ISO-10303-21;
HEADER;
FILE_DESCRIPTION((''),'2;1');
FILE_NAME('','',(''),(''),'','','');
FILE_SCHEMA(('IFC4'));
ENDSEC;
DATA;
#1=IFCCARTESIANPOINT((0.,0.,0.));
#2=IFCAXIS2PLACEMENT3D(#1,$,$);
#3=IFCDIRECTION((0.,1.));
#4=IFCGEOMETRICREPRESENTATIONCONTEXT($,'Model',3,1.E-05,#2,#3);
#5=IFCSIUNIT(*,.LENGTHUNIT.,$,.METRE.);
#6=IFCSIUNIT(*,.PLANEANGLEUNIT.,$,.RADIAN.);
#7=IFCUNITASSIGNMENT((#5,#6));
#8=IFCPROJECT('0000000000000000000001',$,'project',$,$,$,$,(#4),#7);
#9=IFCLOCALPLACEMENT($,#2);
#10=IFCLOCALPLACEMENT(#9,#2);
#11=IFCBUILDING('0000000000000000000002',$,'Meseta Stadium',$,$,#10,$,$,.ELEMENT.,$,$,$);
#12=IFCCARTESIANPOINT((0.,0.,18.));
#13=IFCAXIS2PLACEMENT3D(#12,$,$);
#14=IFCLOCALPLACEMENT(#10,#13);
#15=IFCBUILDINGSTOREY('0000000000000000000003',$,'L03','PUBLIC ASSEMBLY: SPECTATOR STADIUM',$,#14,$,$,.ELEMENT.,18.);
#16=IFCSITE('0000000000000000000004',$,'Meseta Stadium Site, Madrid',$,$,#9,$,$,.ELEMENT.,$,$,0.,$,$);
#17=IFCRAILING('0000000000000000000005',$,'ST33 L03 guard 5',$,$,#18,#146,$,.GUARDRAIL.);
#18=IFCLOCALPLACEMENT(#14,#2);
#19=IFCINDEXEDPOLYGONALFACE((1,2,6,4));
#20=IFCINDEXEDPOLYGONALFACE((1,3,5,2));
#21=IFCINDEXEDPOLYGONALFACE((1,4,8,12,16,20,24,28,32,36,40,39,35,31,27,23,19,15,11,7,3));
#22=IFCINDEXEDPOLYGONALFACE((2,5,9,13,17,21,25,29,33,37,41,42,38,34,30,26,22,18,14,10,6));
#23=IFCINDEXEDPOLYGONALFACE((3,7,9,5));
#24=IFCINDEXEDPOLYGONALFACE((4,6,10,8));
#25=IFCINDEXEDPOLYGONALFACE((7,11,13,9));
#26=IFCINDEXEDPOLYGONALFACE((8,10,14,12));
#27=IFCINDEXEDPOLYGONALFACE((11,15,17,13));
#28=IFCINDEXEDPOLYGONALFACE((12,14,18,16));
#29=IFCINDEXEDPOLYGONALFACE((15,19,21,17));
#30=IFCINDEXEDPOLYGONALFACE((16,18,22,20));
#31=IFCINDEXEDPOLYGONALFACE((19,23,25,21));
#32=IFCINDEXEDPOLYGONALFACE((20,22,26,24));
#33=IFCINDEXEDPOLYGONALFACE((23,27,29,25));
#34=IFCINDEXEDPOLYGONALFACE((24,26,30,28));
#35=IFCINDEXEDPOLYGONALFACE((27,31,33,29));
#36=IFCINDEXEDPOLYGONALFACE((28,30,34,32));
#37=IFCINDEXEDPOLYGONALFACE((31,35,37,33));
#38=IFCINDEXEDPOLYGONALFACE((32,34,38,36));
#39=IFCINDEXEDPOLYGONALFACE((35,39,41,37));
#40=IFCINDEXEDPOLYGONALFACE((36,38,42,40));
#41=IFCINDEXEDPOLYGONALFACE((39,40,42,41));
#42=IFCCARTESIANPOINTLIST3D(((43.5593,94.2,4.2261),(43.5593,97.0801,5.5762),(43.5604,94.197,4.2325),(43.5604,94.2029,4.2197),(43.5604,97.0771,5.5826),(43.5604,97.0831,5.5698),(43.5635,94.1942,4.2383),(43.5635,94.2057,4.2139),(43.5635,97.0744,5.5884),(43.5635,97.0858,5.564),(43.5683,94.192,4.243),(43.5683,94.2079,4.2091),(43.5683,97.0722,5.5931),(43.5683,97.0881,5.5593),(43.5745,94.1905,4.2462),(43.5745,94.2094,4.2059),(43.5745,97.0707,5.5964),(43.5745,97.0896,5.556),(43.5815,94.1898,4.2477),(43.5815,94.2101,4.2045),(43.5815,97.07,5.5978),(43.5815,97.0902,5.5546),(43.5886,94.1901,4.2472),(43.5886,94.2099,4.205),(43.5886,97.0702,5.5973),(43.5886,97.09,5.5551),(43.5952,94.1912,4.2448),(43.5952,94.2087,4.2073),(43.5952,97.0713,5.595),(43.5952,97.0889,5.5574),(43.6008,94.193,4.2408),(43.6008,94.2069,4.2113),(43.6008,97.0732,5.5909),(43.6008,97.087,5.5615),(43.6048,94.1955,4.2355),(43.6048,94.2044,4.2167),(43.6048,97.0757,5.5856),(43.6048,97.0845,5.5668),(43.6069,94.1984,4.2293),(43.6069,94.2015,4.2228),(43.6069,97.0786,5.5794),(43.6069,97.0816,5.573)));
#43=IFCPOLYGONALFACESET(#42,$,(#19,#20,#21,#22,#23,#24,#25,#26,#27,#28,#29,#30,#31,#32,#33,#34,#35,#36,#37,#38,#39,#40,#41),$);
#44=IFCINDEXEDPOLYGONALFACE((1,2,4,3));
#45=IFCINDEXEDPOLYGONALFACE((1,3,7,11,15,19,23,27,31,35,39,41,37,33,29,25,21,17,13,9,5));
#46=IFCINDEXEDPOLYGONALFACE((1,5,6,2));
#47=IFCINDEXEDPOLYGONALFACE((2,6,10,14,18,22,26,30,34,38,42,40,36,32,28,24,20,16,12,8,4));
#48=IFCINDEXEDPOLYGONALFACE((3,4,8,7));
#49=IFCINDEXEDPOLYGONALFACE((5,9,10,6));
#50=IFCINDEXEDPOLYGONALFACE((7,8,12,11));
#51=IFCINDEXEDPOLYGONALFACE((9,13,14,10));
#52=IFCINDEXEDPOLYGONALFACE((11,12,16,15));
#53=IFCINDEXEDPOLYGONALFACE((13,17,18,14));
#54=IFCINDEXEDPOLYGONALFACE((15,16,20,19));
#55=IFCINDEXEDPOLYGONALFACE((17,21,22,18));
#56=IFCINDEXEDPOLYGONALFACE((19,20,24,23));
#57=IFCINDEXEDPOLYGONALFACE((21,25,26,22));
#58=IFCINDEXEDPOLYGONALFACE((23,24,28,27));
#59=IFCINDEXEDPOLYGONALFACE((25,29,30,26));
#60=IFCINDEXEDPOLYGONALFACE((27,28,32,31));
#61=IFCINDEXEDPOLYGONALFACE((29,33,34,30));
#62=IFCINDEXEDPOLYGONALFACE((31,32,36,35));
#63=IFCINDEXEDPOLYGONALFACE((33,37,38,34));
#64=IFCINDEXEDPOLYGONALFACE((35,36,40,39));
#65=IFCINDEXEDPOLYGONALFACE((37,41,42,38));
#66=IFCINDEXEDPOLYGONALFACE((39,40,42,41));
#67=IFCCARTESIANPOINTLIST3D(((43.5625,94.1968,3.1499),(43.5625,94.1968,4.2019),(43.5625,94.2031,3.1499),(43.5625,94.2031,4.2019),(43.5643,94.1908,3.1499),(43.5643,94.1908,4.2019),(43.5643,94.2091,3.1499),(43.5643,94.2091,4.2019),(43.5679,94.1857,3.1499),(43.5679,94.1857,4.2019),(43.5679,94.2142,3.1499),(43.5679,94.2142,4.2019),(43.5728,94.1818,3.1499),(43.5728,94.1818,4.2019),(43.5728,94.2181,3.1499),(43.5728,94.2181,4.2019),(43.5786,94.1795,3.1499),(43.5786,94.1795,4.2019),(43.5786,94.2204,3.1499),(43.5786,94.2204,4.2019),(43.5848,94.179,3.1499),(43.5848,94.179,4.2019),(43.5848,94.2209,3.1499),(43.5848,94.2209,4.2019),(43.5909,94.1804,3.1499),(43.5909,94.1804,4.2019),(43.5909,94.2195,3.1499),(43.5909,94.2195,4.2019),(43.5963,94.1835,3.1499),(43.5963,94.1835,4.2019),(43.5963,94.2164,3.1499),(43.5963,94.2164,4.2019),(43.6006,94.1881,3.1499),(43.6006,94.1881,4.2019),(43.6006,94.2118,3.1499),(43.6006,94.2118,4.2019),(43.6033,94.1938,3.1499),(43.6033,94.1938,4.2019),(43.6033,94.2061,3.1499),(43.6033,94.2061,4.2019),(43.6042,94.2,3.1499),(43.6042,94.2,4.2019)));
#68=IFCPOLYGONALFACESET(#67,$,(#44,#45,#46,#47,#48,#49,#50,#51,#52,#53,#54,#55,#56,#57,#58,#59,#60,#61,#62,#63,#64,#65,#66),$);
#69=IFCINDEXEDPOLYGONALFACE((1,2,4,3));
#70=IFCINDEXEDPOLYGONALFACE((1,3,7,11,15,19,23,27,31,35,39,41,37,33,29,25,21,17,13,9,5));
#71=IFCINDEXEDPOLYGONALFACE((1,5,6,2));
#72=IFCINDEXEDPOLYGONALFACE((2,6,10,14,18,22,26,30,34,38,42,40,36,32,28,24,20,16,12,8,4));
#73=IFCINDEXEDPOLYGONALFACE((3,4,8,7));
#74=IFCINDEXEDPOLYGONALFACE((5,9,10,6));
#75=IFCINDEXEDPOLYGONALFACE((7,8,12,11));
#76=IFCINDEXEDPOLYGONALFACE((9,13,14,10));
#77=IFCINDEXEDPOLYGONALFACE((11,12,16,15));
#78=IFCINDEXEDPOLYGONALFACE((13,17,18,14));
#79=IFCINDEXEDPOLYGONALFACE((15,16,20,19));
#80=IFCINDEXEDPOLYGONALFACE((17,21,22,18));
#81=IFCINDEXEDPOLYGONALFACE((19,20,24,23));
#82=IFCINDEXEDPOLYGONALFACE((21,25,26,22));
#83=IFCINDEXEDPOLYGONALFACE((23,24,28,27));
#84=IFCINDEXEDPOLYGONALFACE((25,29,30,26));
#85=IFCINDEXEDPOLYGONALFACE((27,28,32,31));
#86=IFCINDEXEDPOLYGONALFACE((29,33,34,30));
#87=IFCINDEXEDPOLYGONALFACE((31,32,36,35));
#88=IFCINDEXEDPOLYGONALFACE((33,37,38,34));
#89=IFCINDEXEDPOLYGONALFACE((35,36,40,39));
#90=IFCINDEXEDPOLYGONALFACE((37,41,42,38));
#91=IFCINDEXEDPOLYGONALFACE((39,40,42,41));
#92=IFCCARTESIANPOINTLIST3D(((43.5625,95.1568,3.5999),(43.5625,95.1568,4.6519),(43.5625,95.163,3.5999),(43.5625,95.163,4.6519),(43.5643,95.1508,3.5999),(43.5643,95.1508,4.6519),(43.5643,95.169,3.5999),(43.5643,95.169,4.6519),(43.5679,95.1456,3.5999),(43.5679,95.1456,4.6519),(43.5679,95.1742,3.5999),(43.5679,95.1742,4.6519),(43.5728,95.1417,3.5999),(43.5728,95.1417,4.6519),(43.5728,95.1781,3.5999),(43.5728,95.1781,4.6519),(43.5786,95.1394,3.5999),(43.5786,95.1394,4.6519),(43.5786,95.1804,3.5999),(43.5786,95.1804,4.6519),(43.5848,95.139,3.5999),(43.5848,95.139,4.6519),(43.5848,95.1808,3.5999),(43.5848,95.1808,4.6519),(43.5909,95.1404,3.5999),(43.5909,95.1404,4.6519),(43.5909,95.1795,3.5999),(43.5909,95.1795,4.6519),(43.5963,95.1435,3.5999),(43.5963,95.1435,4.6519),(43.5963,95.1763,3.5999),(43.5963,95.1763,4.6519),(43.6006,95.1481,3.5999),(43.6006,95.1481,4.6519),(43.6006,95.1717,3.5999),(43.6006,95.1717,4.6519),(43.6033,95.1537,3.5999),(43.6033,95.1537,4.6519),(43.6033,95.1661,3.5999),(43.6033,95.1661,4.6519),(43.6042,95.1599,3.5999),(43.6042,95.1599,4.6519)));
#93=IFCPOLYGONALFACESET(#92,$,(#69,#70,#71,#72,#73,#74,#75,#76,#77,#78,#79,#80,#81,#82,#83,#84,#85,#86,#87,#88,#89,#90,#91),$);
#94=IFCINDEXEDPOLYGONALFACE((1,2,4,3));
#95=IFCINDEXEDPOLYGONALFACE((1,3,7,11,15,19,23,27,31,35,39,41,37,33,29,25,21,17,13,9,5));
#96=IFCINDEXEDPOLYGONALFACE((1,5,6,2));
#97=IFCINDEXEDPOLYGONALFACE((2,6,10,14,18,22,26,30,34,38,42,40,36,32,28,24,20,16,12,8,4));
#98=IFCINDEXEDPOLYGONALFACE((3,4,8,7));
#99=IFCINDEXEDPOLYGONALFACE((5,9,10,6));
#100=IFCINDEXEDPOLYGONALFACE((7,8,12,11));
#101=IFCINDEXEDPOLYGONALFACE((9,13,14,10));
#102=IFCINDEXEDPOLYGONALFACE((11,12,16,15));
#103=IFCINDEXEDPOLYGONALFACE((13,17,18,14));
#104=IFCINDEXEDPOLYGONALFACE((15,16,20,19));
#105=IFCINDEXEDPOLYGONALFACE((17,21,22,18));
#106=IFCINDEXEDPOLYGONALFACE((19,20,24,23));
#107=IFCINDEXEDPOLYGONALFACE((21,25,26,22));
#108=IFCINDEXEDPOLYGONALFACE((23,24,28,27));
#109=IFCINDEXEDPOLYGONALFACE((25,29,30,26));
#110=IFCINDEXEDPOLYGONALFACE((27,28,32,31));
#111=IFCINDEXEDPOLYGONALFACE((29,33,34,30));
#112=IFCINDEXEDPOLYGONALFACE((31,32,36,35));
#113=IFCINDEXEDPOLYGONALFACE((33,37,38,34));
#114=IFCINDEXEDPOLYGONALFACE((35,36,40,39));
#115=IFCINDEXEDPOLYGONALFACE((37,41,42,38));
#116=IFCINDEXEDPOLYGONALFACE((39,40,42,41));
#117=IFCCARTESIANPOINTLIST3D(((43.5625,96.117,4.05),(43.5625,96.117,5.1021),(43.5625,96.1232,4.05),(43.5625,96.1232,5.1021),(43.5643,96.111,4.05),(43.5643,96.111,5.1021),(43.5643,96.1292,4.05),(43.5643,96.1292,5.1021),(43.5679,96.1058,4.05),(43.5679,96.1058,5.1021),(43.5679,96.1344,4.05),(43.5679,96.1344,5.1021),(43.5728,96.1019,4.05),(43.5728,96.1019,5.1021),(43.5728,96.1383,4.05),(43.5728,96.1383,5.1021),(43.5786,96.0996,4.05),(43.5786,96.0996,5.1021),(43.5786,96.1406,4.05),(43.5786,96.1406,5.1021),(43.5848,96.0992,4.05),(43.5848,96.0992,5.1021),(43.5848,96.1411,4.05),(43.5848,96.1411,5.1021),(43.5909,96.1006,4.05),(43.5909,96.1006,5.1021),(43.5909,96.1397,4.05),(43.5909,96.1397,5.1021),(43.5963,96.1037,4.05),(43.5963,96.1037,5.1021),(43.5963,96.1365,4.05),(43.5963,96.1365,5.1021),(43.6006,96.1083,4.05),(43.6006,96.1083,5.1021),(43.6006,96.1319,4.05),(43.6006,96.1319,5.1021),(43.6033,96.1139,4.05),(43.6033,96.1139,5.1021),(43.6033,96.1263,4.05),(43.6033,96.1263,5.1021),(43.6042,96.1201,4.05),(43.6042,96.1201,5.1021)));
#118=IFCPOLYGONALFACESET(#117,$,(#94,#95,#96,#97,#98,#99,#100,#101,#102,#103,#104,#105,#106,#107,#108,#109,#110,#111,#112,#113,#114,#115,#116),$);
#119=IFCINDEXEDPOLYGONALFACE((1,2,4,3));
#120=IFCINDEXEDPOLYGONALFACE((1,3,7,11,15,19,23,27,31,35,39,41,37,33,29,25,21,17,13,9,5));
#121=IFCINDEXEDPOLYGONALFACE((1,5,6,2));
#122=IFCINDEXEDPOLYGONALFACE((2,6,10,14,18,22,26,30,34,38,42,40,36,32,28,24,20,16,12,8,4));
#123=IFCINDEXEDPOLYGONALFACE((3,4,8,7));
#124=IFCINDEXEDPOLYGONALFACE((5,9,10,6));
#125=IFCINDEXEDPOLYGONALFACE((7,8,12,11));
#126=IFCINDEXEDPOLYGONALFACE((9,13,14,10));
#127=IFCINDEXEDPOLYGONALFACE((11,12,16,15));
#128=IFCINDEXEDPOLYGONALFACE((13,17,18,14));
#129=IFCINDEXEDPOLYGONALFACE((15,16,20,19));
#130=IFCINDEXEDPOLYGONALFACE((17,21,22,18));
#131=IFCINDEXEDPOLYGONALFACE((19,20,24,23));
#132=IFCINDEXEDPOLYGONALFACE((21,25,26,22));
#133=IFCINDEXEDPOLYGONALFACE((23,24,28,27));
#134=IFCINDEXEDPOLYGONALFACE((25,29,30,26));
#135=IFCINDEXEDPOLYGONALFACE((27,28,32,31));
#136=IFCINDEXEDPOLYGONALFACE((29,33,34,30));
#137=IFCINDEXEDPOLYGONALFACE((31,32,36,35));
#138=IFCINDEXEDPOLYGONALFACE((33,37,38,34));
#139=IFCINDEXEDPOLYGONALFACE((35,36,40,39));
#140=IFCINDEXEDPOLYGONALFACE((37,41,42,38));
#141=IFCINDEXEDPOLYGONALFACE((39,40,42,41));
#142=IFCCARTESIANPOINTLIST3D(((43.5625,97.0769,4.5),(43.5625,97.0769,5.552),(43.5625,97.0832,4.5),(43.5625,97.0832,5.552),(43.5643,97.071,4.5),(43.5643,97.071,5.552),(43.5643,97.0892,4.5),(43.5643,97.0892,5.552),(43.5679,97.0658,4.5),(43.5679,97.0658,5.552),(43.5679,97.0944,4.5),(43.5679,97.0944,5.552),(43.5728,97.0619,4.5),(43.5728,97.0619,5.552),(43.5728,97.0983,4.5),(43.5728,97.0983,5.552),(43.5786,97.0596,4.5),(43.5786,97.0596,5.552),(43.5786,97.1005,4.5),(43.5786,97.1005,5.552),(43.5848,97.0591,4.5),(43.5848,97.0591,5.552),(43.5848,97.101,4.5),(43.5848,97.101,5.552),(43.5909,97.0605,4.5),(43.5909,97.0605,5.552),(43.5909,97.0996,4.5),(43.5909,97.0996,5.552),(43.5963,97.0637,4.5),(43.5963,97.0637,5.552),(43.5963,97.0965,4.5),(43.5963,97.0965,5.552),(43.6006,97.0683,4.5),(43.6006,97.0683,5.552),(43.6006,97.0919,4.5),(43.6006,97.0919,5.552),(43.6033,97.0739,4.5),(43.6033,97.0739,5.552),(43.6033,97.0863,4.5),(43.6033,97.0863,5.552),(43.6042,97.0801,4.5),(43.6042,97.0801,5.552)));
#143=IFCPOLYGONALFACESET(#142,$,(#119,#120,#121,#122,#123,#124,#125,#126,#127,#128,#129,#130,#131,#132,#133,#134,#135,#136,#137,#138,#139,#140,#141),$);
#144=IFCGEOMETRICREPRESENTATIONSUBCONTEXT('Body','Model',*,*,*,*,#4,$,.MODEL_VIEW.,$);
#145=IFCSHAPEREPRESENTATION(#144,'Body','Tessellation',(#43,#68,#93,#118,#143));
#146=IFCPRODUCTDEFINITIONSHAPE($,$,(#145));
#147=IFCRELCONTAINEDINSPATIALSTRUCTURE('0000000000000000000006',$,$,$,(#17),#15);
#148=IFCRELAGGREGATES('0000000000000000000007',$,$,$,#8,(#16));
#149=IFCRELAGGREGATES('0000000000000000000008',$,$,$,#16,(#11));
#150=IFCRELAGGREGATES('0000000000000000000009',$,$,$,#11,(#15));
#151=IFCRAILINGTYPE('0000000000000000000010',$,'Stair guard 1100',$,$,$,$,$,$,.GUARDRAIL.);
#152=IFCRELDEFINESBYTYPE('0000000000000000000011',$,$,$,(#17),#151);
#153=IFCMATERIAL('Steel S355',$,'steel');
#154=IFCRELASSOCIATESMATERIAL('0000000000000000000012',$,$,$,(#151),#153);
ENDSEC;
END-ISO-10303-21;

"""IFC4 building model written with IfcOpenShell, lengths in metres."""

from ifc_helpers import new_model, si_unit, direction, frame, origin, origin_2d, place, context, subcontext, project, spatial, circle, extrude, material, type_object, element, save


model = new_model("IFC4")

# Units and contexts
model_context = context("Model", 3, precision=1e-05, world=origin(), true_north=direction((0.0, 1.0)))
body_context = subcontext(model_context, "Body", "Model", "MODEL_VIEW")
ifc_project = project(units=[si_unit("LENGTHUNIT", "METRE"), si_unit("PLANEANGLEUNIT", "RADIAN")], contexts=[model_context])

# Site, building, storey
site_placement = place(None, origin())
site = spatial("IfcSite", under=ifc_project, at=site_placement, Name="Meseta Stadium Site, Madrid", CompositionType="ELEMENT", RefElevation=0.0)
building_placement = place(site_placement, origin())
building = spatial("IfcBuilding", under=site, at=building_placement, Name="Meseta Stadium", CompositionType="ELEMENT")
storey_placement = place(building_placement, frame((0.0, 0.0, 18.0)))
storey = spatial("IfcBuildingStorey", under=building, at=storey_placement, Name="L03", Description="PUBLIC ASSEMBLY: SPECTATOR STADIUM", CompositionType="ELEMENT", Elevation=18.0)

# Railing
ifc_material_1 = material(Name="Steel S355", Category="steel")
railing_type_1 = type_object("IfcRailingType", Name="Stair guard 1100", PredefinedType="GUARDRAIL", material=ifc_material_1)
for number, where, name in (
    (1, (43.5833, 94.2, 3.1499), "ST33 L03 guard 5"),
):
    element("IfcRailing", number, at=place(storey_placement, frame(where)), inside=storey, type_object=railing_type_1, Name=name, PredefinedType="GUARDRAIL", context=body_context, shape_type="SweptSolid", body=[
        extrude(circle(Radius=0.0239, at=origin_2d()), frame((0.0, 0.0, 1.0762), z_axis=(0.0, 0.905454, 0.424444), x_axis=(-1.0, 0.0, 0.0)), (0.0, 0.0, 1.0), 3.1809),
        extrude(circle(Radius=0.021, at=origin_2d()), origin(), (0.0, 0.0, 1.0), 1.052),
        extrude(circle(Radius=0.021, at=origin_2d()), frame((0.0, 0.96, 0.45)), (0.0, 0.0, 1.0), 1.052),
        extrude(circle(Radius=0.021, at=origin_2d()), frame((0.0, 1.9202, 0.9001)), (0.0, 0.0, 1.0), 1.052),
        extrude(circle(Radius=0.021, at=origin_2d()), frame((0.0, 2.8801, 1.3501)), (0.0, 0.0, 1.0), 1.052),
    ])

save(model, "model.ifc")
